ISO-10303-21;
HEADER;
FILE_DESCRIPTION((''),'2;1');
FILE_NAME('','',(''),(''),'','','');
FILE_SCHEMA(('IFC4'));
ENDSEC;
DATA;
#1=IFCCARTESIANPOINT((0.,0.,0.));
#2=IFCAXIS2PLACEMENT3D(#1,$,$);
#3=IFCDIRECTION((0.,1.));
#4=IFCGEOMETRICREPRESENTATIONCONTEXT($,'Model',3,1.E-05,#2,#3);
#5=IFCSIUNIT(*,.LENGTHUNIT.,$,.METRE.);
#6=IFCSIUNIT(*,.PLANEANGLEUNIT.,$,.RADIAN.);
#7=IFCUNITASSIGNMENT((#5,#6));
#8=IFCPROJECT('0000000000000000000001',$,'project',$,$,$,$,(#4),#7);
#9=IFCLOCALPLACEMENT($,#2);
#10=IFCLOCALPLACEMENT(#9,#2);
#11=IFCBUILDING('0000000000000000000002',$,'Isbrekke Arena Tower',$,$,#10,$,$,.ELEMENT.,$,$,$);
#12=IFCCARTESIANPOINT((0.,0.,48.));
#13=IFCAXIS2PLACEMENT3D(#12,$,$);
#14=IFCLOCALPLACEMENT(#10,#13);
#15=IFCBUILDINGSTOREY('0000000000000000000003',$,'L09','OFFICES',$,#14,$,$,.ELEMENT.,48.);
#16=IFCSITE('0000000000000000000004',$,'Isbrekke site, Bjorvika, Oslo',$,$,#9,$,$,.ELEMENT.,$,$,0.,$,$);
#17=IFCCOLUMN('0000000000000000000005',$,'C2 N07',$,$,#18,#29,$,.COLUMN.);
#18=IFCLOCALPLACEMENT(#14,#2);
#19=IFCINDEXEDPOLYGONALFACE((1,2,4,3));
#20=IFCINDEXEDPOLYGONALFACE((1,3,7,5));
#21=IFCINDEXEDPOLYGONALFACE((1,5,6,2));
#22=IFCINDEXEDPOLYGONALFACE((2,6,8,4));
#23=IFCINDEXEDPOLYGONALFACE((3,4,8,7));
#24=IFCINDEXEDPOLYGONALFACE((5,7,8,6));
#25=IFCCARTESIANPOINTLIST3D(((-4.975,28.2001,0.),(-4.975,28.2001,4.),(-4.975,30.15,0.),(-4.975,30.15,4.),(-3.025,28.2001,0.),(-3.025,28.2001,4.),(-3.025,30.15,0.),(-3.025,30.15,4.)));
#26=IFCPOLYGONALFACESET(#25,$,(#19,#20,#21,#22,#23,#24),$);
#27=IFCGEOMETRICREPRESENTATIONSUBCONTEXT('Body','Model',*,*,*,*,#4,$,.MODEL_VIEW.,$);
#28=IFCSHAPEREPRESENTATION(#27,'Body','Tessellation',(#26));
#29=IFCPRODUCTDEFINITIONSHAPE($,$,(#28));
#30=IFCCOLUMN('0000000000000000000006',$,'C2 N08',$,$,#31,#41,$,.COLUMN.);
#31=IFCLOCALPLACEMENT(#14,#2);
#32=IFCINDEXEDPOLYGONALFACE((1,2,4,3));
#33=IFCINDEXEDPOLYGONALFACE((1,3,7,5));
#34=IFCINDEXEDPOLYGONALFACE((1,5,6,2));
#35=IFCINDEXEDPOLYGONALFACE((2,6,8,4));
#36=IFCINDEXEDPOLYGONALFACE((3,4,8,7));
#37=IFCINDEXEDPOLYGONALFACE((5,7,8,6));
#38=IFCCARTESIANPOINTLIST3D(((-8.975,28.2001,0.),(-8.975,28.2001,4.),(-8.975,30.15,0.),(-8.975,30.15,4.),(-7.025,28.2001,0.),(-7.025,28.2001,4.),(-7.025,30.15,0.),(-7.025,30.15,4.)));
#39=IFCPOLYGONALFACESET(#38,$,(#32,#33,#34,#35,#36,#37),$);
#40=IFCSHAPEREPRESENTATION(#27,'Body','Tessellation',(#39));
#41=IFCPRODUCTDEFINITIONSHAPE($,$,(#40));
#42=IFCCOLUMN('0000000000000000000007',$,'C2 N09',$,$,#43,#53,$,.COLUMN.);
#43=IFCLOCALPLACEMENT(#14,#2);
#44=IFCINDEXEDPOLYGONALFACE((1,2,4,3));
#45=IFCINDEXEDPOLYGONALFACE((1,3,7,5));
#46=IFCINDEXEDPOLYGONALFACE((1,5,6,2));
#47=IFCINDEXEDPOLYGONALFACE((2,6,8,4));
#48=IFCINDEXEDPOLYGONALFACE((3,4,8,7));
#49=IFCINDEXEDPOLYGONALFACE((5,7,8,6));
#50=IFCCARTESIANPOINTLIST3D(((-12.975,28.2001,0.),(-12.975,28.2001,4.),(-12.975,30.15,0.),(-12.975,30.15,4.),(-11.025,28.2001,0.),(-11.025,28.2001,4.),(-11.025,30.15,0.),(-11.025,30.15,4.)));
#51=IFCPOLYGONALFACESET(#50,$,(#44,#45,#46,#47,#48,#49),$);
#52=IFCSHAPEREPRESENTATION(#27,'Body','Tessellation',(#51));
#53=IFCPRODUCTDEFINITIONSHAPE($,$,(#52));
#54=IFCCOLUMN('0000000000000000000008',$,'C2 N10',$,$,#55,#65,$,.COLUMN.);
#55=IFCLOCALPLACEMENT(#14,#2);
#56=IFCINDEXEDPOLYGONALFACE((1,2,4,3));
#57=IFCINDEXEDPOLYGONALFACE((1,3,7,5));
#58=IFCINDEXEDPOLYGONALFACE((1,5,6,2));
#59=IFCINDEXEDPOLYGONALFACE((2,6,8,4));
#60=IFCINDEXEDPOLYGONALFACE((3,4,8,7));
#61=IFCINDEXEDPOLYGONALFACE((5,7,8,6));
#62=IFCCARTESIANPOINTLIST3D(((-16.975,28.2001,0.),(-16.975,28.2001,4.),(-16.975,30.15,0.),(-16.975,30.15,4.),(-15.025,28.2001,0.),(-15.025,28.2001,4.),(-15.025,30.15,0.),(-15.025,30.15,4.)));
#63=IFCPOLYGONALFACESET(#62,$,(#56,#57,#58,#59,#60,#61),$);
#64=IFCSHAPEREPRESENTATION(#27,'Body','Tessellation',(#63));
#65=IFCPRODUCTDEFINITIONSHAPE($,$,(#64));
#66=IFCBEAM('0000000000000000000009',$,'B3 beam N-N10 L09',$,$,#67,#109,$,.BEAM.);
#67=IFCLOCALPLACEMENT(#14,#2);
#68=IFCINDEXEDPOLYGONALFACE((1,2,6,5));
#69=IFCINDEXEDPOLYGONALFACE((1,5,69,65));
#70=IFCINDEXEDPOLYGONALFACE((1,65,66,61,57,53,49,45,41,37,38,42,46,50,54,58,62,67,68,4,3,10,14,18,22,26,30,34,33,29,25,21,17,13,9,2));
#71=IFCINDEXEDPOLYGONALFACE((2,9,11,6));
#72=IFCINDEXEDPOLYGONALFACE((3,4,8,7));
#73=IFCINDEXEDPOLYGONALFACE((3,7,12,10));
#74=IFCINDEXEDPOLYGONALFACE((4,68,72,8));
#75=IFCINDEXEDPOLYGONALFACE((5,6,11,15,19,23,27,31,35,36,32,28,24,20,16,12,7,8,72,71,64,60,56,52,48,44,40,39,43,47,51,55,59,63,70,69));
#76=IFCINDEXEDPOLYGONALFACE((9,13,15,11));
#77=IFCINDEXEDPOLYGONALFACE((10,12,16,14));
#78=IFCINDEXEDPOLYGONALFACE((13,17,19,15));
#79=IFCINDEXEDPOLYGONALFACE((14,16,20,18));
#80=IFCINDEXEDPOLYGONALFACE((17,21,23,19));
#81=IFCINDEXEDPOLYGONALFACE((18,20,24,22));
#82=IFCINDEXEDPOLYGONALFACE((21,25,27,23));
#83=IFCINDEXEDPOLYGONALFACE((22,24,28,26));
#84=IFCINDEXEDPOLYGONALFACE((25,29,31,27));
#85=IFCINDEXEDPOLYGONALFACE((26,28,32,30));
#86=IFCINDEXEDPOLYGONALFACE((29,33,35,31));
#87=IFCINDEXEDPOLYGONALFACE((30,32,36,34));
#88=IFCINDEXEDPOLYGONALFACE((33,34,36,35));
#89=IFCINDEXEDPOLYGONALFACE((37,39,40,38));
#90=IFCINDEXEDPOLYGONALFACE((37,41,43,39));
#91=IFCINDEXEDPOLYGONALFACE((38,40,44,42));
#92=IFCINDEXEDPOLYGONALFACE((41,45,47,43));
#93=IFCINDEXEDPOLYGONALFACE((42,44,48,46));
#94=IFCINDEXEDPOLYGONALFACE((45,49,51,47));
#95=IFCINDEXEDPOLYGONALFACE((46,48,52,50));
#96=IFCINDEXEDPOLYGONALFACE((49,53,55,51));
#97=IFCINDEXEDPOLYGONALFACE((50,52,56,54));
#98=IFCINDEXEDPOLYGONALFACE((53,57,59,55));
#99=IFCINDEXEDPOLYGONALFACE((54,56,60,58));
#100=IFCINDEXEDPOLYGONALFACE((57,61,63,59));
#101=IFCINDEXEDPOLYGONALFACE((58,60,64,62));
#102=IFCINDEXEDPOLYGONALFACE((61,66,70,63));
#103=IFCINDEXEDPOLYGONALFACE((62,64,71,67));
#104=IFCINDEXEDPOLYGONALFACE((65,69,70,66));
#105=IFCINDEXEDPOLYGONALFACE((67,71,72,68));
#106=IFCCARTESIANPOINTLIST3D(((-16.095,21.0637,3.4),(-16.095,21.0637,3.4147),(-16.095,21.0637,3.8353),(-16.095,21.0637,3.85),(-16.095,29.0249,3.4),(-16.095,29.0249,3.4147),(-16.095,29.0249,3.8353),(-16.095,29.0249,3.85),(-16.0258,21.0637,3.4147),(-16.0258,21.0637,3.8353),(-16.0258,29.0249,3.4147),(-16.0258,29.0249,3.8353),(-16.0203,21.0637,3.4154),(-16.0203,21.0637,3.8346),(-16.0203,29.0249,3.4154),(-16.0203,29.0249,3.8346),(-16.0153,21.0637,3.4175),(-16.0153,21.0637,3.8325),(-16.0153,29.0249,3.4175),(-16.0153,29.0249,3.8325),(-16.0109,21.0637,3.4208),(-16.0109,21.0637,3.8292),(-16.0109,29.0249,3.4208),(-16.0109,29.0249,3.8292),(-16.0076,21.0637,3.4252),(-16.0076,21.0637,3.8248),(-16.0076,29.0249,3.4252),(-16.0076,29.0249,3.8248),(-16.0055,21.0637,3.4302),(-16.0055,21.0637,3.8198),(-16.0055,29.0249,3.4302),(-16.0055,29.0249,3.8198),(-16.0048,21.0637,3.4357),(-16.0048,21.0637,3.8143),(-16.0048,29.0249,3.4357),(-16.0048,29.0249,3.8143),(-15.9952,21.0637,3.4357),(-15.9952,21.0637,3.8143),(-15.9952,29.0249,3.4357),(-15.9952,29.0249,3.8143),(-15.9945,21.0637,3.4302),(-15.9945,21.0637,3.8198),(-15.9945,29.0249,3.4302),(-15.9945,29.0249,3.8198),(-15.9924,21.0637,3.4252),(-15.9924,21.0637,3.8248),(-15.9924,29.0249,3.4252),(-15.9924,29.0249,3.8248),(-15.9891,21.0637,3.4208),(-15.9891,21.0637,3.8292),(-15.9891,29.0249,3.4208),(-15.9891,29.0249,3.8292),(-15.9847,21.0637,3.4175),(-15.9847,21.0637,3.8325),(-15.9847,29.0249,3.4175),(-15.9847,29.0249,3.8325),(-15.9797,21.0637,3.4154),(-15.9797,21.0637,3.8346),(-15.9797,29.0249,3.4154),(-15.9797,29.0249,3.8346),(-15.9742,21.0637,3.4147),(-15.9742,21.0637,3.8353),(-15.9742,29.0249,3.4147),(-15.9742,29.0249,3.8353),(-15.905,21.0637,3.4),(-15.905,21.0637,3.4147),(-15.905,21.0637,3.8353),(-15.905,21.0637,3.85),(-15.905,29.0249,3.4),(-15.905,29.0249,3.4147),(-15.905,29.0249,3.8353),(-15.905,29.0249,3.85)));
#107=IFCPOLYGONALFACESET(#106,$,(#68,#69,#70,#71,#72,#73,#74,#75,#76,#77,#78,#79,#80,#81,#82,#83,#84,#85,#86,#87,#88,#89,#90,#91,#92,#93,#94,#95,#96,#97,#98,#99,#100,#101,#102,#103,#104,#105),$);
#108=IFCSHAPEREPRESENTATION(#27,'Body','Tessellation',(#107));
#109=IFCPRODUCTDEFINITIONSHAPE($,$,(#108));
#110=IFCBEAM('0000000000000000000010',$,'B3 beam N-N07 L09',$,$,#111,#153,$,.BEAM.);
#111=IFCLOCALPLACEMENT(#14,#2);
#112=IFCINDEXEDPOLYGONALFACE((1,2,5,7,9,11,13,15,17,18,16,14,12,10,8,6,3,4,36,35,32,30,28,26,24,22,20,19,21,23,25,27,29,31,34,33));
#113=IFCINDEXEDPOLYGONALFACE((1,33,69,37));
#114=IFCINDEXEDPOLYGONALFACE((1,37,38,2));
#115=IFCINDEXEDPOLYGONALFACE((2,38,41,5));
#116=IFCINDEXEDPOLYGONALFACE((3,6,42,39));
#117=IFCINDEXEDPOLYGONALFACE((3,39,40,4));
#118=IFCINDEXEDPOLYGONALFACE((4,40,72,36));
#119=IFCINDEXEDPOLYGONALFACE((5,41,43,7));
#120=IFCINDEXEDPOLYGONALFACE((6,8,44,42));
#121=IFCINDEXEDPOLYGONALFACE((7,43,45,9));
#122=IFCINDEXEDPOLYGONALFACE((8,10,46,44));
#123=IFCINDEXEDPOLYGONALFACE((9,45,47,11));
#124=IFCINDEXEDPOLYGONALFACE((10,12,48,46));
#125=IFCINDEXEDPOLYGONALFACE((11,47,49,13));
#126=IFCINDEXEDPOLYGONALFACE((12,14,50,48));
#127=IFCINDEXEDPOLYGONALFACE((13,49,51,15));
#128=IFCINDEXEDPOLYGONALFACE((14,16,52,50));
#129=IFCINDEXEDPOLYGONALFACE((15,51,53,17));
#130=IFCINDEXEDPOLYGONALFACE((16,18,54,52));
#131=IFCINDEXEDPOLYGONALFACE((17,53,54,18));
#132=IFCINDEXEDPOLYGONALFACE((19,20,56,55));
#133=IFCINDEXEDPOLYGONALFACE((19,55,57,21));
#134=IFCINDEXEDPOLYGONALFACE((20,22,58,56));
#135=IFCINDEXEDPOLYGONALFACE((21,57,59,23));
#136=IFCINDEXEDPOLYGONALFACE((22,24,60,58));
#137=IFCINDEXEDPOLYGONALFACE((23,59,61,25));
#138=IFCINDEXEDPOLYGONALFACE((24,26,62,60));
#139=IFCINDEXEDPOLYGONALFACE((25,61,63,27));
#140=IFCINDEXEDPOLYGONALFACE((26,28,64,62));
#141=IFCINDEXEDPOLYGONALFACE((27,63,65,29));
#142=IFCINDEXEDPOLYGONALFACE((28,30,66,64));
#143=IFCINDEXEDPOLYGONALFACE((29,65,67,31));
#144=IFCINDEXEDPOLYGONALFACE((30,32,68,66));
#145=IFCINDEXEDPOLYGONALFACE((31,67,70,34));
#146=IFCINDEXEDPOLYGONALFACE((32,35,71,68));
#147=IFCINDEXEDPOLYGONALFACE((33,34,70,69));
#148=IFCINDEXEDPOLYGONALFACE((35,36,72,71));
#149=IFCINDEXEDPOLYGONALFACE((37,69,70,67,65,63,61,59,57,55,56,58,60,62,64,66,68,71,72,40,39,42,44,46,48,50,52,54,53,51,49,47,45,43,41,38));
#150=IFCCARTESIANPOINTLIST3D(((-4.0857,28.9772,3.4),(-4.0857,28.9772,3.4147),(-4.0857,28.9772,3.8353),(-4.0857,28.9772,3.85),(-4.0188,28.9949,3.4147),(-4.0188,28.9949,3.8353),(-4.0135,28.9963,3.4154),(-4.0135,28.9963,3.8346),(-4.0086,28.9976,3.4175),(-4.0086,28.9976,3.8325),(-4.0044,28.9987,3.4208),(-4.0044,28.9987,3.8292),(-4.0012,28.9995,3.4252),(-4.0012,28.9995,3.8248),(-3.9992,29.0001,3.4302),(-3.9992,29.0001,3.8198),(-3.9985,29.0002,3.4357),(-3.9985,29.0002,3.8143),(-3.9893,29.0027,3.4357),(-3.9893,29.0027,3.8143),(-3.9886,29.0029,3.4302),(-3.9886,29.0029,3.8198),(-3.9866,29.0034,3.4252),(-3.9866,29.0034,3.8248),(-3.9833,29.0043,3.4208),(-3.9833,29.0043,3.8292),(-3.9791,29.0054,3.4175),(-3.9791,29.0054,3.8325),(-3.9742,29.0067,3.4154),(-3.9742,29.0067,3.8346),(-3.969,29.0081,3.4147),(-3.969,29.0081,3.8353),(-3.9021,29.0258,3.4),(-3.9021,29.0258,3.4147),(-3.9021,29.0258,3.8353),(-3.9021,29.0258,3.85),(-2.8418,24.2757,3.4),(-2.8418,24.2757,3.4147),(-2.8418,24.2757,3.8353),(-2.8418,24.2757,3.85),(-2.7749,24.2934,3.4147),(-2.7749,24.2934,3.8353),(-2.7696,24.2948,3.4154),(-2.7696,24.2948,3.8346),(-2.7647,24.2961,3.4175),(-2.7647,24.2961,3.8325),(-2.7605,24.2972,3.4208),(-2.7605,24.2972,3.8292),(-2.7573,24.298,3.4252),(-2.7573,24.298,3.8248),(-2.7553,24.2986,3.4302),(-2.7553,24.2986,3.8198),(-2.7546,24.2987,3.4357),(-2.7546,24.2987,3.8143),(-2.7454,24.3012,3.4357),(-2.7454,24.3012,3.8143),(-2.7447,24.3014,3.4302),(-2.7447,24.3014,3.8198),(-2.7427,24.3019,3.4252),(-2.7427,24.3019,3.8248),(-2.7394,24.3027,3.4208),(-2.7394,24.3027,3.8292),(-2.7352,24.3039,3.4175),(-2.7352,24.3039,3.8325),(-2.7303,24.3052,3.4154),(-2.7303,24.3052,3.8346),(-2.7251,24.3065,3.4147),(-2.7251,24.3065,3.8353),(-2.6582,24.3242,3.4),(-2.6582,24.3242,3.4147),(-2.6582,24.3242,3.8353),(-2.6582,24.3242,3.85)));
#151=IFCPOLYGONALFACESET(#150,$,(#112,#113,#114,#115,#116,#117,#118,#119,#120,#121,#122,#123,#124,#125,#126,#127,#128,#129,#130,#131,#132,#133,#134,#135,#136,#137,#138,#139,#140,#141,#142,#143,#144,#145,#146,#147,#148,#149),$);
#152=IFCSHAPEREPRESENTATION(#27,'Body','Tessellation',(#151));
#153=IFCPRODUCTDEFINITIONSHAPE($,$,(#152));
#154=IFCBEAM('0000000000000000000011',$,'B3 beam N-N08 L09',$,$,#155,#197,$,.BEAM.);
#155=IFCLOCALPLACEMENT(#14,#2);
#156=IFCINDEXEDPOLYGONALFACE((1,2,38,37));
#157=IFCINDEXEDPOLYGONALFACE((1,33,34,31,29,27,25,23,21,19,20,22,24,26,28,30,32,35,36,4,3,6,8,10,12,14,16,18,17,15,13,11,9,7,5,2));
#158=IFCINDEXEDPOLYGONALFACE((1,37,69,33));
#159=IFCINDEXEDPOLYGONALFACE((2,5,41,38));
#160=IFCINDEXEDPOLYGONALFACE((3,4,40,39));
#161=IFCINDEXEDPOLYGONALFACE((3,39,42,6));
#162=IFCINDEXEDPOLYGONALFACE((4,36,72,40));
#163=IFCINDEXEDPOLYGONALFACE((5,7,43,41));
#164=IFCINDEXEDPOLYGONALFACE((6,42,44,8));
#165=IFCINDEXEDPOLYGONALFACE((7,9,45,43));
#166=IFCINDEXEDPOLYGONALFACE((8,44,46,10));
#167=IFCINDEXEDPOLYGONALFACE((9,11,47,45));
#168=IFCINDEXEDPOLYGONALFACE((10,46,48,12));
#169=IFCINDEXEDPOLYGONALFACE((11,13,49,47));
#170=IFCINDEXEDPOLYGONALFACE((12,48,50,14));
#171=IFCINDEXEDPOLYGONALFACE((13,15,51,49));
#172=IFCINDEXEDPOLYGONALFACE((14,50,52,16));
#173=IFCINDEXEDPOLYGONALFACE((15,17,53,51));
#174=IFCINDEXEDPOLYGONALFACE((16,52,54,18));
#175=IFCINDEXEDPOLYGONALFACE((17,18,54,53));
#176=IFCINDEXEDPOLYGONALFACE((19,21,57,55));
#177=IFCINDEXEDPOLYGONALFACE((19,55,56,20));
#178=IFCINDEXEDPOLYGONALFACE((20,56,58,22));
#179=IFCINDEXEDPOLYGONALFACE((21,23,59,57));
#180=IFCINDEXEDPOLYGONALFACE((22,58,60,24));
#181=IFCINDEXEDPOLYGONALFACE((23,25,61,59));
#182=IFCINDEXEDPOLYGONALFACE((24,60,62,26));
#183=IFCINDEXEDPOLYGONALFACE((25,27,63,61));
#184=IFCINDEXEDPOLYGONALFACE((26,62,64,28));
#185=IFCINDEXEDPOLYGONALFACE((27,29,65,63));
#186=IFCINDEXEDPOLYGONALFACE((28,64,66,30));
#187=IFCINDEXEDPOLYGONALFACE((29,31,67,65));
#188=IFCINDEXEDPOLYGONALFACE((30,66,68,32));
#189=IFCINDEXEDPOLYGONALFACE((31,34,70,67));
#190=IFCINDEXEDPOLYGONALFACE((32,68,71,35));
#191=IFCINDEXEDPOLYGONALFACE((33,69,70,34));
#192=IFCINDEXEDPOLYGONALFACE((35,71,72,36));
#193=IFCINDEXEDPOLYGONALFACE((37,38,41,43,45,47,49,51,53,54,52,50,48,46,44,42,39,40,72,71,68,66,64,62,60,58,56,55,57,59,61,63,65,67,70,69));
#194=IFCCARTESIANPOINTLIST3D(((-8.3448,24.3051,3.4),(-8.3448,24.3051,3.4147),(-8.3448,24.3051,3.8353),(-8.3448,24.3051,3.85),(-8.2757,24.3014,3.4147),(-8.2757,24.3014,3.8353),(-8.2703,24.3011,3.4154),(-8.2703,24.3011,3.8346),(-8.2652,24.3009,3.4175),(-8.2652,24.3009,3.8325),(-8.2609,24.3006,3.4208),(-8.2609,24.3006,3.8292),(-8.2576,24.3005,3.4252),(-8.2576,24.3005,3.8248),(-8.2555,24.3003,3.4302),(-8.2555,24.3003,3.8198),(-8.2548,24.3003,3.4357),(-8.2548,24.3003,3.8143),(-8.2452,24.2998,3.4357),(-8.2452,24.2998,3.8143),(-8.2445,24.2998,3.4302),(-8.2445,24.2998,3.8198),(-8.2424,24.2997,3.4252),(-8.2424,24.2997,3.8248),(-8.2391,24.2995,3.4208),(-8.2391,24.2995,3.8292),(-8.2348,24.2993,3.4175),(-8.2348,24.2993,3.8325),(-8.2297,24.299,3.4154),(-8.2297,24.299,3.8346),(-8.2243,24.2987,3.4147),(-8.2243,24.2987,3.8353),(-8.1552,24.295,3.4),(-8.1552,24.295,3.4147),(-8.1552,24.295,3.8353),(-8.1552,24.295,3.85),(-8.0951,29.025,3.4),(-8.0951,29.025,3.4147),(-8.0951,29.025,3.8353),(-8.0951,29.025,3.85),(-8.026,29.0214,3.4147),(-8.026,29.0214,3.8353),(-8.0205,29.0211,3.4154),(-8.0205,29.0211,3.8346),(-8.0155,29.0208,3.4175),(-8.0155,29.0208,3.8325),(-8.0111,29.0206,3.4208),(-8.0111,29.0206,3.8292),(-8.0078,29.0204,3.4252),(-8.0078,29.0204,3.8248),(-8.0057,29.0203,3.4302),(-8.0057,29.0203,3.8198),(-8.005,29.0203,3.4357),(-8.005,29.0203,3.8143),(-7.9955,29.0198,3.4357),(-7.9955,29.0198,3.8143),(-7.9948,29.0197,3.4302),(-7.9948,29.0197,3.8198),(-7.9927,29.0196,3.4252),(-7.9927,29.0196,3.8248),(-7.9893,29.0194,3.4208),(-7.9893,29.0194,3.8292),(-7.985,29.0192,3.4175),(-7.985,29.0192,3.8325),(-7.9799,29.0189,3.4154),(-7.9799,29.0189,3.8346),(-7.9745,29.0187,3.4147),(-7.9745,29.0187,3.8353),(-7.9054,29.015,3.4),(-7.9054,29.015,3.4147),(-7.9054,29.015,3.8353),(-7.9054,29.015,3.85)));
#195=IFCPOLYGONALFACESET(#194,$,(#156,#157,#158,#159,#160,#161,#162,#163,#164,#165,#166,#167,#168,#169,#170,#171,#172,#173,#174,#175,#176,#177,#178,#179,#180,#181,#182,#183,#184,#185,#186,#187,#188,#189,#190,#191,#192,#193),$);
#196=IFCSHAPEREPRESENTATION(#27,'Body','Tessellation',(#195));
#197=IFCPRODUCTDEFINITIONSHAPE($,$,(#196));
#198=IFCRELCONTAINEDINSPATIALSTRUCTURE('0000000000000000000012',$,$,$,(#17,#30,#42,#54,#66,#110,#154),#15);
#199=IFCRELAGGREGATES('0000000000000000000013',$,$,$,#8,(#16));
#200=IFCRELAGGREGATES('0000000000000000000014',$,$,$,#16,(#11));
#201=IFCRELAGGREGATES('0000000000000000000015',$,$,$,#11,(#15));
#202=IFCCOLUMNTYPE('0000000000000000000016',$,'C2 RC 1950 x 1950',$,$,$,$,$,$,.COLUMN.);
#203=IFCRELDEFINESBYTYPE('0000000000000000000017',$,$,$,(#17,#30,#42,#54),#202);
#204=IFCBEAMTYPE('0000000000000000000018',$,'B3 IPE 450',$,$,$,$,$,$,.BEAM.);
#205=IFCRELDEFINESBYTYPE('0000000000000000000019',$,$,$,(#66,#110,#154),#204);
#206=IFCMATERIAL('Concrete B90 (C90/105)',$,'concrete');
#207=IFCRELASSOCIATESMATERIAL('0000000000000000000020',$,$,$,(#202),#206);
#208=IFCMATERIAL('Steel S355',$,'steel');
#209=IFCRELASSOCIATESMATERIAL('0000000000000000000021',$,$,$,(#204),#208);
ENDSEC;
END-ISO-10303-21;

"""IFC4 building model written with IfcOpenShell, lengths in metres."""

from ifc_helpers import new_model, si_unit, direction, frame, origin, origin_2d, place, context, subcontext, project, spatial, rectangle, i_section, extrude, material, material_profile, profile_set, type_object, element, save


model = new_model("IFC4")

# Units and contexts
model_context = context("Model", 3, precision=1e-05, world=origin(), true_north=direction((0.0, 1.0)))
body_context = subcontext(model_context, "Body", "Model", "MODEL_VIEW")
ifc_project = project(units=[si_unit("LENGTHUNIT", "METRE"), si_unit("PLANEANGLEUNIT", "RADIAN")], contexts=[model_context])

# Site, building, storey
site_placement = place(None, origin())
site = spatial("IfcSite", under=ifc_project, at=site_placement, Name="Isbrekke site, Bjorvika, Oslo", CompositionType="ELEMENT", RefElevation=0.0)
building_placement = place(site_placement, origin())
building = spatial("IfcBuilding", under=site, at=building_placement, Name="Isbrekke Arena Tower", CompositionType="ELEMENT")
storey_placement = place(building_placement, frame((0.0, 0.0, 48.0)))
storey = spatial("IfcBuildingStorey", under=building, at=storey_placement, Name="L09", Description="OFFICES", CompositionType="ELEMENT", Elevation=48.0)

# Columns
ifc_material_1 = material(Name="Concrete B90 (C90/105)", Category="concrete")
ifc_material_profile_1 = material_profile(ifc_material_1, rectangle(XDim=1.95, YDim=1.95, at=origin_2d()), Name="RC 1950x1950")
ifc_profile_set_1 = profile_set([ifc_material_profile_1], Name="Concrete B90 (C90/105)")
column_type = type_object("IfcColumnType", Name="C2 RC 1950 x 1950", PredefinedType="COLUMN", material=ifc_profile_set_1)
for number, where, z_axis, x_axis, name in (
    (1, (-4.0, 29.175, 0.0), (0.0, 0.0, 1.0), (-1.0, 0.0, 0.0), "C2 N07"),
    (2, (-8.0, 29.175, 0.0), (0.0, 0.0, 1.0), (-1.0, 0.0, 0.0), "C2 N08"),
    (3, (-12.0, 29.175, 0.0), (0.0, 0.0, 1.0), (-1.0, 0.0, 0.0), "C2 N09"),
    (4, (-16.0, 29.175, 0.0), (0.0, 0.0, 1.0), (-1.0, 0.0, 0.0), "C2 N10"),
):
    element("IfcColumn", number, at=place(storey_placement, frame(where, z_axis=z_axis, x_axis=x_axis)), inside=storey, type_object=column_type, Name=name, PredefinedType="COLUMN", context=body_context, shape_type="SweptSolid", body=[
        extrude(rectangle(XDim=1.95, YDim=1.95, at=origin_2d()), origin(), (0.0, 0.0, 1.0), 4.0),
    ])

# Beams
ifc_material_2 = material(Name="Steel S355", Category="steel")
ifc_material_profile_2 = material_profile(ifc_material_2, i_section(OverallWidth=0.1899, OverallDepth=0.45, WebThickness=0.0095, FlangeThickness=0.0146, FilletRadius=0.021, at=origin_2d()), Name="IPE 450")
ifc_profile_set_2 = profile_set([ifc_material_profile_2], Name="Steel S355")
beam_type_1 = type_object("IfcBeamType", Name="B3 IPE 450", PredefinedType="BEAM", material=ifc_profile_set_2)
beam_1_placement = place(storey_placement, frame((-16.0, 29.0249, 3.625), z_axis=(0.0, -1.0, 0.0), x_axis=(1.0, 0.0, 0.0)))
element("IfcBeam", 5, at=beam_1_placement, inside=storey, type_object=beam_type_1, Name="B3 beam N-N10 L09", PredefinedType="BEAM", context=body_context, shape_type="SweptSolid", body=[
    extrude(i_section(OverallWidth=0.1899, OverallDepth=0.45, WebThickness=0.0095, FlangeThickness=0.0146, FilletRadius=0.021, at=origin_2d()), origin(), (0.0, 0.0, 1.0), 7.9612),
])
beam_2_placement = place(storey_placement, frame((-3.9939, 29.0015, 3.625), z_axis=(0.255778, -0.966736, 0.0), x_axis=(0.966736, 0.255778, 0.0)))
element("IfcBeam", 6, at=beam_2_placement, inside=storey, type_object=beam_type_1, Name="B3 beam N-N07 L09", PredefinedType="BEAM", context=body_context, shape_type="SweptSolid", body=[
    extrude(i_section(OverallWidth=0.1899, OverallDepth=0.45, WebThickness=0.0095, FlangeThickness=0.0146, FilletRadius=0.021, at=origin_2d()), origin(), (0.0, 0.0, 1.0), 4.8633),
])
beam_3_placement = place(storey_placement, frame((-8.0002, 29.02, 3.625), z_axis=(-0.052841, -0.998603, 0.0), x_axis=(0.998603, -0.052841, 0.0)))
element("IfcBeam", 7, at=beam_3_placement, inside=storey, type_object=beam_type_1, Name="B3 beam N-N08 L09", PredefinedType="BEAM", context=body_context, shape_type="SweptSolid", body=[
    extrude(i_section(OverallWidth=0.1899, OverallDepth=0.45, WebThickness=0.0095, FlangeThickness=0.0146, FilletRadius=0.021, at=origin_2d()), origin(), (0.0, 0.0, 1.0), 4.7266),
])

save(model, "model.ifc")
